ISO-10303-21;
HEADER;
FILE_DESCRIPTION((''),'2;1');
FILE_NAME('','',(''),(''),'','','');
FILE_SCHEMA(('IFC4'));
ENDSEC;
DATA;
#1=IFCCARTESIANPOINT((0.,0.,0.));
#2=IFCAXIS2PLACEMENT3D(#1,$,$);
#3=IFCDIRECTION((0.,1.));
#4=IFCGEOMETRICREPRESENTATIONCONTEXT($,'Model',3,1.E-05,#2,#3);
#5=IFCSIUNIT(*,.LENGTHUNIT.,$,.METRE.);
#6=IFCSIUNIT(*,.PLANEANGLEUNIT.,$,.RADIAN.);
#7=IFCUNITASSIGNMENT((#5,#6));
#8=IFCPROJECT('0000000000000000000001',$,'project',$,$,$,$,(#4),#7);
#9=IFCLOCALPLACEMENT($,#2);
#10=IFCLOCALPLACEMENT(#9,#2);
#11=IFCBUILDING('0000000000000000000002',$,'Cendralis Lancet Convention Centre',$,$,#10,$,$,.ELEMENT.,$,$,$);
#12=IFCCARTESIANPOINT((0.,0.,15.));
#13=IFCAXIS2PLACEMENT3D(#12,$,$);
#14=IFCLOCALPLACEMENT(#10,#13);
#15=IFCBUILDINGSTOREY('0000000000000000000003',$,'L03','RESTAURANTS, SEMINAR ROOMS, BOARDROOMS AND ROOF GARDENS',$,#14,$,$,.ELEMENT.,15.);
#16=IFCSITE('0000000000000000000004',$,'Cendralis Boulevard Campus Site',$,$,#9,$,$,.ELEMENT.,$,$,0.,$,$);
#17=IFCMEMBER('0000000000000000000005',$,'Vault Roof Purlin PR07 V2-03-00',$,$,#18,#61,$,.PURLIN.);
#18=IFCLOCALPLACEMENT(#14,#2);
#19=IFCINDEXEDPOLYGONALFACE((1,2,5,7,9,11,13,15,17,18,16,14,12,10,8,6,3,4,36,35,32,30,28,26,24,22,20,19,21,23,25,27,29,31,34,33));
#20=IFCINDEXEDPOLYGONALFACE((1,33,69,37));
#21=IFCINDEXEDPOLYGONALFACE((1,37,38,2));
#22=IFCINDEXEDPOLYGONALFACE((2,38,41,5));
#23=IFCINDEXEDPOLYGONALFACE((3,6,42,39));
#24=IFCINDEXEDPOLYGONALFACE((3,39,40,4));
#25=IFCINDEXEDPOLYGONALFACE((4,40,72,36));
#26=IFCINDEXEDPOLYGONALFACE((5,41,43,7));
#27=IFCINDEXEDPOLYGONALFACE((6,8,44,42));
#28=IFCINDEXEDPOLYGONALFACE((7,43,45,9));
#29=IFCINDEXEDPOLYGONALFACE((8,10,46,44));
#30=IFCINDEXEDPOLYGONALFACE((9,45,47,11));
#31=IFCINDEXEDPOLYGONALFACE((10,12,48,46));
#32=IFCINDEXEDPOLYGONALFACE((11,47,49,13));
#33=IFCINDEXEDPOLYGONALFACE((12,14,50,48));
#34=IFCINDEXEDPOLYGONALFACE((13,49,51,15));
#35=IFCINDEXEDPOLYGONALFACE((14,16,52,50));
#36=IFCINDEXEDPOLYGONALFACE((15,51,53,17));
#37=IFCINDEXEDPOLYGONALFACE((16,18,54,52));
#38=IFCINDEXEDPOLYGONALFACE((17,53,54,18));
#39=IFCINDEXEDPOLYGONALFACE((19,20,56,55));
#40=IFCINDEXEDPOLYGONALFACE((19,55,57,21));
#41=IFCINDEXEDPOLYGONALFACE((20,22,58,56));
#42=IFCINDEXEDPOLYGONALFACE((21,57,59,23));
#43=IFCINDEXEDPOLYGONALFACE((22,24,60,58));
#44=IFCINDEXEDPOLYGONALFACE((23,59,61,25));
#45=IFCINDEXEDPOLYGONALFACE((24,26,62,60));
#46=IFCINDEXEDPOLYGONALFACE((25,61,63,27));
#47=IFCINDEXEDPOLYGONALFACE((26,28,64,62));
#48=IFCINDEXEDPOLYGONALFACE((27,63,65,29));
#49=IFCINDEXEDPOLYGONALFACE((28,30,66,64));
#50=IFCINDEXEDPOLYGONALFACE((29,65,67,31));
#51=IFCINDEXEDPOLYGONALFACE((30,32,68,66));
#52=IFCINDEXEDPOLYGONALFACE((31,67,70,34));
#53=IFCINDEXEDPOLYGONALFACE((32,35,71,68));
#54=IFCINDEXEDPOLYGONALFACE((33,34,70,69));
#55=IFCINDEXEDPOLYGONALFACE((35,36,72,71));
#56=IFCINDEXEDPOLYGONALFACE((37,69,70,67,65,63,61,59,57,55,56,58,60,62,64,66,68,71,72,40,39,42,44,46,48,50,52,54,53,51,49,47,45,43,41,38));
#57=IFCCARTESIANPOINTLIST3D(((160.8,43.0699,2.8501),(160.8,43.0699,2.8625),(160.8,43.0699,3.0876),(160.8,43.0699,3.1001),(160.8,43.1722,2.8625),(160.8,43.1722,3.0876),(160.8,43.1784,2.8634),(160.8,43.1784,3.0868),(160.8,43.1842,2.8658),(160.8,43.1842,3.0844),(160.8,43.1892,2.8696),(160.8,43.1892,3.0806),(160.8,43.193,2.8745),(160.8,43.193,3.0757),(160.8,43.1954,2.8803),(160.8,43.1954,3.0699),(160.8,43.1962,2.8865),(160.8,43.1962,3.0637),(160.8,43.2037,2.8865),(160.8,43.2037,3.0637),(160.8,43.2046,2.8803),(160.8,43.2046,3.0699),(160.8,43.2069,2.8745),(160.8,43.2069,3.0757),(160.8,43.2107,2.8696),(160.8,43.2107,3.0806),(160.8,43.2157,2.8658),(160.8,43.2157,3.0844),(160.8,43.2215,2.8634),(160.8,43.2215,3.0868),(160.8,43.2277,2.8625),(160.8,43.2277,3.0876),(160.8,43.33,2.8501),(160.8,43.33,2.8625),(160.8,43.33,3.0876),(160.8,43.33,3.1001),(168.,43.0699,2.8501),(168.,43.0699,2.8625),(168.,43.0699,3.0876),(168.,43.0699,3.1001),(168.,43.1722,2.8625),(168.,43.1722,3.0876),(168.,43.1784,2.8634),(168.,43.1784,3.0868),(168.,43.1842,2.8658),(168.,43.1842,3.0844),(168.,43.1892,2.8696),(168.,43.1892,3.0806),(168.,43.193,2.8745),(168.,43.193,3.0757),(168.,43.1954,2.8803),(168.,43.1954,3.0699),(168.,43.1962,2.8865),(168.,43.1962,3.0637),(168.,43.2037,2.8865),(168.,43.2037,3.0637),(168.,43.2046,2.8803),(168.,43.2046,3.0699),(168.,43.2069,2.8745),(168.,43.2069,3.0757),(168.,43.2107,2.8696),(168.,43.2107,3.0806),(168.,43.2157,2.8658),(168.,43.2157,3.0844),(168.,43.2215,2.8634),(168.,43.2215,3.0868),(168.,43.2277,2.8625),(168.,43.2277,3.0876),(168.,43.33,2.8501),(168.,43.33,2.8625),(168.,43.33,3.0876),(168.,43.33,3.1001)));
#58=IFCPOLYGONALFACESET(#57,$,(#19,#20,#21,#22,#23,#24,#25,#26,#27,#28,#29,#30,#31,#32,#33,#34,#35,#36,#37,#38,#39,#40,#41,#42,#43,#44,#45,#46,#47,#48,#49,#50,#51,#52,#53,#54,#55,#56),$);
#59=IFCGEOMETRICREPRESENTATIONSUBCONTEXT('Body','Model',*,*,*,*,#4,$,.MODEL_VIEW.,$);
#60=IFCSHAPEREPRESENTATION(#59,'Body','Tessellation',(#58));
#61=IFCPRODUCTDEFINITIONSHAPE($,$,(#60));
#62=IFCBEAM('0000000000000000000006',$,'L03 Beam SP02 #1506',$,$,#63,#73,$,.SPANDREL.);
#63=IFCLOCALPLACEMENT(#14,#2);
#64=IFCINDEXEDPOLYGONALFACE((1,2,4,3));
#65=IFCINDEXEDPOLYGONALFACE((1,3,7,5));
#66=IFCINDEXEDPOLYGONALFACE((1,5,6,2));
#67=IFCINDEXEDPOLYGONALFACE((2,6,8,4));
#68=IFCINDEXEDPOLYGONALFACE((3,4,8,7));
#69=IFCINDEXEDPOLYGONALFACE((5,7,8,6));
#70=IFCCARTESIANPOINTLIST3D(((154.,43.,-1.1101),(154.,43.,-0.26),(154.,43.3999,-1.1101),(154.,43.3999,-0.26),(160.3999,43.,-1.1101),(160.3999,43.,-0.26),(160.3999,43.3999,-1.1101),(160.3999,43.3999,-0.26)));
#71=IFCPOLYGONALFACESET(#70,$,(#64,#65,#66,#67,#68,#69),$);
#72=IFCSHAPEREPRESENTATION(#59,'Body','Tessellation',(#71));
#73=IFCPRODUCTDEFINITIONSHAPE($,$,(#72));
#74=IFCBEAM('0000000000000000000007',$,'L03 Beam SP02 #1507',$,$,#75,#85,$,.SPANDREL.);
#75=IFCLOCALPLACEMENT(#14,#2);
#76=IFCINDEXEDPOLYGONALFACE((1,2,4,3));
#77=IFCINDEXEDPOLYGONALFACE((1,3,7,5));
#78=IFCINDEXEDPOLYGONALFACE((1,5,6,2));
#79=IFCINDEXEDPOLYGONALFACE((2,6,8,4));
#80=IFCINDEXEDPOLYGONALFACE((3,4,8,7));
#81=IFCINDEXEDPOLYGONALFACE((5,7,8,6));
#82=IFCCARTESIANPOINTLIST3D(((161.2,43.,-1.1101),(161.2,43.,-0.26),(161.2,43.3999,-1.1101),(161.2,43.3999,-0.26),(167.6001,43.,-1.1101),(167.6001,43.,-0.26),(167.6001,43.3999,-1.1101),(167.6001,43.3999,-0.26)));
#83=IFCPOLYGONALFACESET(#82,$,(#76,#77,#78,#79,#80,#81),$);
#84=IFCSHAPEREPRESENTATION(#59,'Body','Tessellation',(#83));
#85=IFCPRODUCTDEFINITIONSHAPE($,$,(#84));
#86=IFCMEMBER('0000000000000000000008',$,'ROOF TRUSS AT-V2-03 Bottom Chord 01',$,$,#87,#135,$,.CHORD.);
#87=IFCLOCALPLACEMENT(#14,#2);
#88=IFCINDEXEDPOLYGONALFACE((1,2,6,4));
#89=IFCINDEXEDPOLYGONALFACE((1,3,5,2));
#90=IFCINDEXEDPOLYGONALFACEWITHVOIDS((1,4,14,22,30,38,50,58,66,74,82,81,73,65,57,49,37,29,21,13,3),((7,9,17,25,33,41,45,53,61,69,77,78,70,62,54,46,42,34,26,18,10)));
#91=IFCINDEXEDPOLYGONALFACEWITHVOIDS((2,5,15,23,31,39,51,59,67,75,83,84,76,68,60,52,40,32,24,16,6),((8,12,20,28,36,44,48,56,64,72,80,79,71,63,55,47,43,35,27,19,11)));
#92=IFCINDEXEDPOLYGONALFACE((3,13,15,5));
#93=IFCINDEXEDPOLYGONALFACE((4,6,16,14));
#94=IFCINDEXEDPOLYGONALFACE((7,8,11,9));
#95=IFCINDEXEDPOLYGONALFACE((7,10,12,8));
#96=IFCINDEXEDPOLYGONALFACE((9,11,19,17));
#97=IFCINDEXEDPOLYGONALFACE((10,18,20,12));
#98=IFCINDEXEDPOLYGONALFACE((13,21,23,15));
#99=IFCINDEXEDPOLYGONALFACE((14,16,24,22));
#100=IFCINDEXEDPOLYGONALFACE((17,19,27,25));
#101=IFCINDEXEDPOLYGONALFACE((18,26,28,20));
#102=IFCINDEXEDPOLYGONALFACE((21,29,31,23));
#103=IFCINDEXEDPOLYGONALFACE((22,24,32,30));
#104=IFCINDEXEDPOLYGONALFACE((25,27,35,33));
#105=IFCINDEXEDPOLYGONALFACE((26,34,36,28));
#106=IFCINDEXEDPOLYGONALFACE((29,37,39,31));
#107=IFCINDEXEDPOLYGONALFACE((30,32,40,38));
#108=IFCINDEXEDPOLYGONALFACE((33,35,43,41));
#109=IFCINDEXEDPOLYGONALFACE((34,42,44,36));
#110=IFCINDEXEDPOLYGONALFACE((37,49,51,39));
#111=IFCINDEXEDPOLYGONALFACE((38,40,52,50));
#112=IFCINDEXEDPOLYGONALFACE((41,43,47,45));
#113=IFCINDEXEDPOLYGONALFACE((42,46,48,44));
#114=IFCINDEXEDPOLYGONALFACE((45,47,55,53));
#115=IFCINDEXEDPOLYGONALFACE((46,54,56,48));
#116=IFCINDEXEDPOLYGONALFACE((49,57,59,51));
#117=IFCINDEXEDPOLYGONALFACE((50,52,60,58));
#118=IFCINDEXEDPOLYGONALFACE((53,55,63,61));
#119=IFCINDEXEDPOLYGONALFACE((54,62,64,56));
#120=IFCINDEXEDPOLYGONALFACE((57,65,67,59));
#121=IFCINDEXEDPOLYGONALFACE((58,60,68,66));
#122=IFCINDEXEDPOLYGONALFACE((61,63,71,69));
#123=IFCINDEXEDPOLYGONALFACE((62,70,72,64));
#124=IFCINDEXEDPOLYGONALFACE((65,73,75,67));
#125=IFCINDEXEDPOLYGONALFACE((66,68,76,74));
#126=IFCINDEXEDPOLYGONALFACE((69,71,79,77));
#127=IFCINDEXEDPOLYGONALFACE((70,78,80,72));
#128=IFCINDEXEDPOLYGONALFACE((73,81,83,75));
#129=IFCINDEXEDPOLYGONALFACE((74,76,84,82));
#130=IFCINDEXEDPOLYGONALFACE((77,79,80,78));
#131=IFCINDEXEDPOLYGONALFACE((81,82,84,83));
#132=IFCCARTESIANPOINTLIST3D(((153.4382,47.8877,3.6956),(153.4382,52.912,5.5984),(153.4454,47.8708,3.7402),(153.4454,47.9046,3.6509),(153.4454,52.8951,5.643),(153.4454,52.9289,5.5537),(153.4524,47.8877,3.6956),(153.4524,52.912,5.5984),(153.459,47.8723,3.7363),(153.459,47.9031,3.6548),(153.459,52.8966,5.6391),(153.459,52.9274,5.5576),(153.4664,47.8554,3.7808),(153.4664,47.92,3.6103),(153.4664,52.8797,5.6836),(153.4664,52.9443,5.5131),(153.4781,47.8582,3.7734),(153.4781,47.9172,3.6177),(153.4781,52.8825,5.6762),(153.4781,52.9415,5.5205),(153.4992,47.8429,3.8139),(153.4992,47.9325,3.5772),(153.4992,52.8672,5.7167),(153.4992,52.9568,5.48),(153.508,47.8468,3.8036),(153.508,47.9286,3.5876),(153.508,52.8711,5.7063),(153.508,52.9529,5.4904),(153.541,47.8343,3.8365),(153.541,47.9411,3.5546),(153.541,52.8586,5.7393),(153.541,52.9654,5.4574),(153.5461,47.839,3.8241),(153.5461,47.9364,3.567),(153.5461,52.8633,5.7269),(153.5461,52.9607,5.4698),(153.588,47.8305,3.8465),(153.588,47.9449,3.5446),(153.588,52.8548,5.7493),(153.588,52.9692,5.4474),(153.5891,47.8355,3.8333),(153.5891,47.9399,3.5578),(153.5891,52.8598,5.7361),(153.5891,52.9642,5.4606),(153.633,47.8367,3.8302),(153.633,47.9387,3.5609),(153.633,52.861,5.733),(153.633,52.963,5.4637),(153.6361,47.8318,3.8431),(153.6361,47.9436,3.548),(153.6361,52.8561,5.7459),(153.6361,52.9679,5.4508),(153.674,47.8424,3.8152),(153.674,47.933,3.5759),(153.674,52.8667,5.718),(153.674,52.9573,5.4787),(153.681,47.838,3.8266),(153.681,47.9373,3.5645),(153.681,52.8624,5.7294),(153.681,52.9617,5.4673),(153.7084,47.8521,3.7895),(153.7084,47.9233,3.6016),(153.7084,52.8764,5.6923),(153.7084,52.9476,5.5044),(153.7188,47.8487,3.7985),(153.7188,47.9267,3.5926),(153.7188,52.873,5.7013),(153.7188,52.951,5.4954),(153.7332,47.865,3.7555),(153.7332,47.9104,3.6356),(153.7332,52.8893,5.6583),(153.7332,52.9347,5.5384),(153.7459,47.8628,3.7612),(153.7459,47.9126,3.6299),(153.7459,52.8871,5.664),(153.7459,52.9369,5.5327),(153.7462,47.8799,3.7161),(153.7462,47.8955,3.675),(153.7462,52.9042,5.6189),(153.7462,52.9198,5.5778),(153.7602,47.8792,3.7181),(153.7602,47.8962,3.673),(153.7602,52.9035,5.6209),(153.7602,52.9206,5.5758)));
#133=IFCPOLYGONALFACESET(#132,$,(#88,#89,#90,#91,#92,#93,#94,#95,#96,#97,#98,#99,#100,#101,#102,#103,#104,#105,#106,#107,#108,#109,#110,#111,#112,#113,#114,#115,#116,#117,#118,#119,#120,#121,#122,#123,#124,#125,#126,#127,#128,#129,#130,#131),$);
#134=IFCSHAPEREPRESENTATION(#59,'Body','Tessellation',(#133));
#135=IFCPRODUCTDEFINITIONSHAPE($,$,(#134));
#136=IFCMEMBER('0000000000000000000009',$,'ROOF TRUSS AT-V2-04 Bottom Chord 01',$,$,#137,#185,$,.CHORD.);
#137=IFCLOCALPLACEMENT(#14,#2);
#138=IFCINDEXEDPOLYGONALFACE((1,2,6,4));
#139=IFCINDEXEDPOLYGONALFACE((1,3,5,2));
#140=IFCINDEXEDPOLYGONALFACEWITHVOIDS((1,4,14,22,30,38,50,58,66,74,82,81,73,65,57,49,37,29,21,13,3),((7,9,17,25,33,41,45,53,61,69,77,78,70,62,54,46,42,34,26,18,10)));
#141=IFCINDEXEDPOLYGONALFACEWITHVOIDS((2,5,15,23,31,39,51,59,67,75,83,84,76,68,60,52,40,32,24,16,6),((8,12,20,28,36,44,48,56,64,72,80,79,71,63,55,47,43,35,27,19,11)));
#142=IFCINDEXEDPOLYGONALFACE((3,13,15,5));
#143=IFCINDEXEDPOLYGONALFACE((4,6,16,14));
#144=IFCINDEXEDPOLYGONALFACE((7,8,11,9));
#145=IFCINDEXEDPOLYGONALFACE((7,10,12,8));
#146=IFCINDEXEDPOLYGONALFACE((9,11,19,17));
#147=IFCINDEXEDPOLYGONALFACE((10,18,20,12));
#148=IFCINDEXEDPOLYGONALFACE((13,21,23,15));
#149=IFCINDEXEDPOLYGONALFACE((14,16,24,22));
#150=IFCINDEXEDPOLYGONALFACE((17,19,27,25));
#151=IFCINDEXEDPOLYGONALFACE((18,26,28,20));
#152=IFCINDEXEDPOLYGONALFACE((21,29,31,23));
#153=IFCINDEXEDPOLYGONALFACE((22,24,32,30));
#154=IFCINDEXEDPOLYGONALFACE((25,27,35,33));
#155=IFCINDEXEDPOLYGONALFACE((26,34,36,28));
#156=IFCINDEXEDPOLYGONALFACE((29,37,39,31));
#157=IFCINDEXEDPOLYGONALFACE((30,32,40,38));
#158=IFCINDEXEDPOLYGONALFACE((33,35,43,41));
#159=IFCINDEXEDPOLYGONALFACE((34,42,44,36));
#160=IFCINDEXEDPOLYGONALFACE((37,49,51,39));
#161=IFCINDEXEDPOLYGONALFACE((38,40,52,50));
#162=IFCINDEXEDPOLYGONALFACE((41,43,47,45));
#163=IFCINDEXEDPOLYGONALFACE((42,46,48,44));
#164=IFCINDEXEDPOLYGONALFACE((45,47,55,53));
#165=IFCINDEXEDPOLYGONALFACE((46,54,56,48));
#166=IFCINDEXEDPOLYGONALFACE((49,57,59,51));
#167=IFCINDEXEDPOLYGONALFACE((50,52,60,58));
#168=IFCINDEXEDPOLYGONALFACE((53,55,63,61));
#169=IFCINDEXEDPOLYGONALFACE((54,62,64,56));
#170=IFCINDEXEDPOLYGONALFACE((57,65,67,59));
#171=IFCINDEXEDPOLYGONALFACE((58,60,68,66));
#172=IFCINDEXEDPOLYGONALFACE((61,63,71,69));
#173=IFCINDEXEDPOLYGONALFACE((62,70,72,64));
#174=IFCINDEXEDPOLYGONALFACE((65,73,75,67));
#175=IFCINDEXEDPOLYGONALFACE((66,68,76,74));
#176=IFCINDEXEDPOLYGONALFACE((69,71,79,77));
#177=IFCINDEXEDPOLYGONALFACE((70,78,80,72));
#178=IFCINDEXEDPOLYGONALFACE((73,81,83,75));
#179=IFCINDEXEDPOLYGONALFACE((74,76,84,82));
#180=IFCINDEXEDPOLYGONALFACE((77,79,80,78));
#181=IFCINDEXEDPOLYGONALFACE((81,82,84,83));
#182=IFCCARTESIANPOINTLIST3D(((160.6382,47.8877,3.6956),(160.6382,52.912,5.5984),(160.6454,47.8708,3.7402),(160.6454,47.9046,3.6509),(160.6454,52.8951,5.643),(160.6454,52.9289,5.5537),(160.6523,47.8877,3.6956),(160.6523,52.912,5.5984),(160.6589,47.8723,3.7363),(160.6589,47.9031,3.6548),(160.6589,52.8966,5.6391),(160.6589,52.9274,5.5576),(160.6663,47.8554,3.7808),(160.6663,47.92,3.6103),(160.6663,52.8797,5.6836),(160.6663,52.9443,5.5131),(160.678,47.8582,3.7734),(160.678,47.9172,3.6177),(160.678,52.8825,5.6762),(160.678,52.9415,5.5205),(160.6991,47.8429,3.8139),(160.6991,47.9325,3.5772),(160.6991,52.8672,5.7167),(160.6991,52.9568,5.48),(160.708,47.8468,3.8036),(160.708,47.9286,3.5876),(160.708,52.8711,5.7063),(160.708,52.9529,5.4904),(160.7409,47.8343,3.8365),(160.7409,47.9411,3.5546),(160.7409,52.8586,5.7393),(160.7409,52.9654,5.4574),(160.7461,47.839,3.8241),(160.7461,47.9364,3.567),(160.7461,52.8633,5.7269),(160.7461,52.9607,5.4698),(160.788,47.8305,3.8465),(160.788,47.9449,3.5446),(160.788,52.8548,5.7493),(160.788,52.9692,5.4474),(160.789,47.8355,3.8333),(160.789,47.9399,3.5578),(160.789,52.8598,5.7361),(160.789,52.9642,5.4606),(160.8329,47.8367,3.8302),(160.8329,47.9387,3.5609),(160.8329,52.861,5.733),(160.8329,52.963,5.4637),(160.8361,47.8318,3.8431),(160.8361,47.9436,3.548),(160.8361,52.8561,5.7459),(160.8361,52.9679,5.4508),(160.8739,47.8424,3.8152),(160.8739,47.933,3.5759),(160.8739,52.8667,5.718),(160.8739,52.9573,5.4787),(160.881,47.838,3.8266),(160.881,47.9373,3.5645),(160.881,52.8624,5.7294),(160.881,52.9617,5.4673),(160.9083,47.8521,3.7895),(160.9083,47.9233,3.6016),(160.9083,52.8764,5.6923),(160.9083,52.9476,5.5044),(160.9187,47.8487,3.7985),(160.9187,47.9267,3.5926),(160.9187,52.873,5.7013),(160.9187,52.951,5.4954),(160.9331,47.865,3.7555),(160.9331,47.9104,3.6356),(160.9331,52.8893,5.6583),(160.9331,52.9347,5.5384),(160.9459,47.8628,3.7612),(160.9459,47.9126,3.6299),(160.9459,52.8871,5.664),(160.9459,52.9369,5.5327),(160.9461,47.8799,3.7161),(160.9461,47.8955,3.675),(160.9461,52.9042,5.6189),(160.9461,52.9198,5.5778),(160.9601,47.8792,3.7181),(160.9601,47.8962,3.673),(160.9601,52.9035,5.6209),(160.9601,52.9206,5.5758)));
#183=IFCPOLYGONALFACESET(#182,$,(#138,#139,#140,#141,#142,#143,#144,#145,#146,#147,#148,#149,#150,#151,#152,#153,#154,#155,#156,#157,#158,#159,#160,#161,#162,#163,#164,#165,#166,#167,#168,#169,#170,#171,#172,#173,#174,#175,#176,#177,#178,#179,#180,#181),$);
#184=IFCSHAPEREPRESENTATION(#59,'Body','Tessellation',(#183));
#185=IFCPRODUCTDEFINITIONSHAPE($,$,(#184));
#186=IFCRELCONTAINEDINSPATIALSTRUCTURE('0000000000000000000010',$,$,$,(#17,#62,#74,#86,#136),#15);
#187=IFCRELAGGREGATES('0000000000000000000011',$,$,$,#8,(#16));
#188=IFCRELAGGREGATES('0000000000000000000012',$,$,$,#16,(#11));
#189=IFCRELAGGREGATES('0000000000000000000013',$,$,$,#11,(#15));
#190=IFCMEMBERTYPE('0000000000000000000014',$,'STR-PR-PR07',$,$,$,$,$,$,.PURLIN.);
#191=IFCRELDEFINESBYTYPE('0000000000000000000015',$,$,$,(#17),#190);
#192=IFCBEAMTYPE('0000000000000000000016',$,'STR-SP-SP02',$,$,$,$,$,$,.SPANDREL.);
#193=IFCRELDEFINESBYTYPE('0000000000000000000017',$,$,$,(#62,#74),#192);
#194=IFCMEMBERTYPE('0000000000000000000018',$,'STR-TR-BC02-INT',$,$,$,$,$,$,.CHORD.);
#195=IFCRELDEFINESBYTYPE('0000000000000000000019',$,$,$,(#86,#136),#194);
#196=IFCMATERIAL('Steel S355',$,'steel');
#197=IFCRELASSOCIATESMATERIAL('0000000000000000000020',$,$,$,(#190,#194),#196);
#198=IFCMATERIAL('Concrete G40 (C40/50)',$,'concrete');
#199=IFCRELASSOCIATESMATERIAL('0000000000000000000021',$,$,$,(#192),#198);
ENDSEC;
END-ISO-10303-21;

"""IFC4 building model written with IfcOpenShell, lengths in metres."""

from ifc_helpers import new_model, si_unit, direction, frame, origin, origin_2d, place, context, subcontext, project, spatial, rectangle, hollow_circle, i_section, extrude, material, material_profile, profile_set, type_object, element, save


model = new_model("IFC4")

# Units and contexts
model_context = context("Model", 3, precision=1e-05, world=origin(), true_north=direction((0.0, 1.0)))
body_context = subcontext(model_context, "Body", "Model", "MODEL_VIEW")
ifc_project = project(units=[si_unit("LENGTHUNIT", "METRE"), si_unit("PLANEANGLEUNIT", "RADIAN")], contexts=[model_context])

# Site, building, storey
site_placement = place(None, origin())
site = spatial("IfcSite", under=ifc_project, at=site_placement, Name="Cendralis Boulevard Campus Site", CompositionType="ELEMENT", RefElevation=0.0)
building_placement = place(site_placement, origin())
building = spatial("IfcBuilding", under=site, at=building_placement, Name="Cendralis Lancet Convention Centre", CompositionType="ELEMENT")
storey_placement = place(building_placement, frame((0.0, 0.0, 15.0)))
storey = spatial("IfcBuildingStorey", under=building, at=storey_placement, Name="L03", Description="RESTAURANTS, SEMINAR ROOMS, BOARDROOMS AND ROOF GARDENS", CompositionType="ELEMENT", Elevation=15.0)

# Shared definitions
ifc_material_1 = material(Name="Concrete G40 (C40/50)", Category="concrete")

# Shared definitions
ifc_material_2 = material(Name="Steel S355", Category="steel")

# Member
ifc_material_profile_1 = material_profile(ifc_material_2, i_section(OverallWidth=0.26, OverallDepth=0.25, WebThickness=0.0076, FlangeThickness=0.0125, FilletRadius=0.0239, at=origin_2d()), Name="HEA 260")
ifc_profile_set_1 = profile_set([ifc_material_profile_1], Name="Steel S355")
member_type_1 = type_object("IfcMemberType", Name="STR-PR-PR07", PredefinedType="PURLIN", material=ifc_profile_set_1)
for number, where, z_axis, x_axis, name in (
    (1, (160.8, 43.2, 2.9751), (1.0, 0.0, 0.0), (0.0, 1.0, 0.0), "Vault Roof Purlin PR07 V2-03-00"),
):
    element("IfcMember", number, at=place(storey_placement, frame(where, z_axis=z_axis, x_axis=x_axis)), inside=storey, type_object=member_type_1, Name=name, PredefinedType="PURLIN", context=body_context, shape_type="SweptSolid", body=[
        extrude(i_section(OverallWidth=0.26, OverallDepth=0.25, WebThickness=0.0076, FlangeThickness=0.0125, FilletRadius=0.0239, at=origin_2d()), origin(), (0.0, 0.0, 1.0), 7.2),
    ])

# Beams
ifc_material_profile_2 = material_profile(ifc_material_1, rectangle(XDim=0.3999, YDim=0.8501, at=origin_2d()), Name="RCB 400x850")
ifc_profile_set_2 = profile_set([ifc_material_profile_2], Name="Concrete G40 (C40/50)")
beam_type_1 = type_object("IfcBeamType", Name="STR-SP-SP02", PredefinedType="SPANDREL", material=ifc_profile_set_2)
beam_1_placement = place(storey_placement, frame((154.0, 43.2, -0.6851), z_axis=(1.0, 0.0, 0.0), x_axis=(0.0, 1.0, 0.0)))
element("IfcBeam", 2, at=beam_1_placement, inside=storey, type_object=beam_type_1, Name="L03 Beam SP02 #1506", PredefinedType="SPANDREL", context=body_context, shape_type="SweptSolid", body=[
    extrude(rectangle(XDim=0.3999, YDim=0.8501, at=origin_2d()), origin(), (0.0, 0.0, 1.0), 6.3999),
])
beam_2_placement = place(storey_placement, frame((161.2, 43.2, -0.6851), z_axis=(1.0, 0.0, 0.0), x_axis=(0.0, 1.0, 0.0)))
element("IfcBeam", 3, at=beam_2_placement, inside=storey, type_object=beam_type_1, Name="L03 Beam SP02 #1507", PredefinedType="SPANDREL", context=body_context, shape_type="SweptSolid", body=[
    extrude(rectangle(XDim=0.3999, YDim=0.8501, at=origin_2d()), origin(), (0.0, 0.0, 1.0), 6.4001),
])

# Members
ifc_material_profile_3 = material_profile(ifc_material_2, hollow_circle(Radius=0.1619, WallThickness=0.0142, at=origin_2d()), Name="CHS 323.9x14.2")
ifc_profile_set_3 = profile_set([ifc_material_profile_3], Name="Steel S355")
member_type_2 = type_object("IfcMemberType", Name="STR-TR-BC02-INT", PredefinedType="CHORD", material=ifc_profile_set_3)
for number, where, z_axis, x_axis, name in (
    (4, (153.6001, 47.8877, 3.6956), (0.0, 0.935181, 0.354169), (-1.0, 0.0, 0.0), "ROOF TRUSS AT-V2-03 Bottom Chord 01"),
    (5, (160.8, 47.8877, 3.6956), (0.0, 0.935181, 0.354169), (-1.0, 0.0, 0.0), "ROOF TRUSS AT-V2-04 Bottom Chord 01"),
):
    element("IfcMember", number, at=place(storey_placement, frame(where, z_axis=z_axis, x_axis=x_axis)), inside=storey, type_object=member_type_2, Name=name, PredefinedType="CHORD", context=body_context, shape_type="SweptSolid", body=[
        extrude(hollow_circle(Radius=0.1619, WallThickness=0.0142, at=origin_2d()), origin(), (0.0, 0.0, 1.0), 5.3726),
    ])

save(model, "model.ifc")
